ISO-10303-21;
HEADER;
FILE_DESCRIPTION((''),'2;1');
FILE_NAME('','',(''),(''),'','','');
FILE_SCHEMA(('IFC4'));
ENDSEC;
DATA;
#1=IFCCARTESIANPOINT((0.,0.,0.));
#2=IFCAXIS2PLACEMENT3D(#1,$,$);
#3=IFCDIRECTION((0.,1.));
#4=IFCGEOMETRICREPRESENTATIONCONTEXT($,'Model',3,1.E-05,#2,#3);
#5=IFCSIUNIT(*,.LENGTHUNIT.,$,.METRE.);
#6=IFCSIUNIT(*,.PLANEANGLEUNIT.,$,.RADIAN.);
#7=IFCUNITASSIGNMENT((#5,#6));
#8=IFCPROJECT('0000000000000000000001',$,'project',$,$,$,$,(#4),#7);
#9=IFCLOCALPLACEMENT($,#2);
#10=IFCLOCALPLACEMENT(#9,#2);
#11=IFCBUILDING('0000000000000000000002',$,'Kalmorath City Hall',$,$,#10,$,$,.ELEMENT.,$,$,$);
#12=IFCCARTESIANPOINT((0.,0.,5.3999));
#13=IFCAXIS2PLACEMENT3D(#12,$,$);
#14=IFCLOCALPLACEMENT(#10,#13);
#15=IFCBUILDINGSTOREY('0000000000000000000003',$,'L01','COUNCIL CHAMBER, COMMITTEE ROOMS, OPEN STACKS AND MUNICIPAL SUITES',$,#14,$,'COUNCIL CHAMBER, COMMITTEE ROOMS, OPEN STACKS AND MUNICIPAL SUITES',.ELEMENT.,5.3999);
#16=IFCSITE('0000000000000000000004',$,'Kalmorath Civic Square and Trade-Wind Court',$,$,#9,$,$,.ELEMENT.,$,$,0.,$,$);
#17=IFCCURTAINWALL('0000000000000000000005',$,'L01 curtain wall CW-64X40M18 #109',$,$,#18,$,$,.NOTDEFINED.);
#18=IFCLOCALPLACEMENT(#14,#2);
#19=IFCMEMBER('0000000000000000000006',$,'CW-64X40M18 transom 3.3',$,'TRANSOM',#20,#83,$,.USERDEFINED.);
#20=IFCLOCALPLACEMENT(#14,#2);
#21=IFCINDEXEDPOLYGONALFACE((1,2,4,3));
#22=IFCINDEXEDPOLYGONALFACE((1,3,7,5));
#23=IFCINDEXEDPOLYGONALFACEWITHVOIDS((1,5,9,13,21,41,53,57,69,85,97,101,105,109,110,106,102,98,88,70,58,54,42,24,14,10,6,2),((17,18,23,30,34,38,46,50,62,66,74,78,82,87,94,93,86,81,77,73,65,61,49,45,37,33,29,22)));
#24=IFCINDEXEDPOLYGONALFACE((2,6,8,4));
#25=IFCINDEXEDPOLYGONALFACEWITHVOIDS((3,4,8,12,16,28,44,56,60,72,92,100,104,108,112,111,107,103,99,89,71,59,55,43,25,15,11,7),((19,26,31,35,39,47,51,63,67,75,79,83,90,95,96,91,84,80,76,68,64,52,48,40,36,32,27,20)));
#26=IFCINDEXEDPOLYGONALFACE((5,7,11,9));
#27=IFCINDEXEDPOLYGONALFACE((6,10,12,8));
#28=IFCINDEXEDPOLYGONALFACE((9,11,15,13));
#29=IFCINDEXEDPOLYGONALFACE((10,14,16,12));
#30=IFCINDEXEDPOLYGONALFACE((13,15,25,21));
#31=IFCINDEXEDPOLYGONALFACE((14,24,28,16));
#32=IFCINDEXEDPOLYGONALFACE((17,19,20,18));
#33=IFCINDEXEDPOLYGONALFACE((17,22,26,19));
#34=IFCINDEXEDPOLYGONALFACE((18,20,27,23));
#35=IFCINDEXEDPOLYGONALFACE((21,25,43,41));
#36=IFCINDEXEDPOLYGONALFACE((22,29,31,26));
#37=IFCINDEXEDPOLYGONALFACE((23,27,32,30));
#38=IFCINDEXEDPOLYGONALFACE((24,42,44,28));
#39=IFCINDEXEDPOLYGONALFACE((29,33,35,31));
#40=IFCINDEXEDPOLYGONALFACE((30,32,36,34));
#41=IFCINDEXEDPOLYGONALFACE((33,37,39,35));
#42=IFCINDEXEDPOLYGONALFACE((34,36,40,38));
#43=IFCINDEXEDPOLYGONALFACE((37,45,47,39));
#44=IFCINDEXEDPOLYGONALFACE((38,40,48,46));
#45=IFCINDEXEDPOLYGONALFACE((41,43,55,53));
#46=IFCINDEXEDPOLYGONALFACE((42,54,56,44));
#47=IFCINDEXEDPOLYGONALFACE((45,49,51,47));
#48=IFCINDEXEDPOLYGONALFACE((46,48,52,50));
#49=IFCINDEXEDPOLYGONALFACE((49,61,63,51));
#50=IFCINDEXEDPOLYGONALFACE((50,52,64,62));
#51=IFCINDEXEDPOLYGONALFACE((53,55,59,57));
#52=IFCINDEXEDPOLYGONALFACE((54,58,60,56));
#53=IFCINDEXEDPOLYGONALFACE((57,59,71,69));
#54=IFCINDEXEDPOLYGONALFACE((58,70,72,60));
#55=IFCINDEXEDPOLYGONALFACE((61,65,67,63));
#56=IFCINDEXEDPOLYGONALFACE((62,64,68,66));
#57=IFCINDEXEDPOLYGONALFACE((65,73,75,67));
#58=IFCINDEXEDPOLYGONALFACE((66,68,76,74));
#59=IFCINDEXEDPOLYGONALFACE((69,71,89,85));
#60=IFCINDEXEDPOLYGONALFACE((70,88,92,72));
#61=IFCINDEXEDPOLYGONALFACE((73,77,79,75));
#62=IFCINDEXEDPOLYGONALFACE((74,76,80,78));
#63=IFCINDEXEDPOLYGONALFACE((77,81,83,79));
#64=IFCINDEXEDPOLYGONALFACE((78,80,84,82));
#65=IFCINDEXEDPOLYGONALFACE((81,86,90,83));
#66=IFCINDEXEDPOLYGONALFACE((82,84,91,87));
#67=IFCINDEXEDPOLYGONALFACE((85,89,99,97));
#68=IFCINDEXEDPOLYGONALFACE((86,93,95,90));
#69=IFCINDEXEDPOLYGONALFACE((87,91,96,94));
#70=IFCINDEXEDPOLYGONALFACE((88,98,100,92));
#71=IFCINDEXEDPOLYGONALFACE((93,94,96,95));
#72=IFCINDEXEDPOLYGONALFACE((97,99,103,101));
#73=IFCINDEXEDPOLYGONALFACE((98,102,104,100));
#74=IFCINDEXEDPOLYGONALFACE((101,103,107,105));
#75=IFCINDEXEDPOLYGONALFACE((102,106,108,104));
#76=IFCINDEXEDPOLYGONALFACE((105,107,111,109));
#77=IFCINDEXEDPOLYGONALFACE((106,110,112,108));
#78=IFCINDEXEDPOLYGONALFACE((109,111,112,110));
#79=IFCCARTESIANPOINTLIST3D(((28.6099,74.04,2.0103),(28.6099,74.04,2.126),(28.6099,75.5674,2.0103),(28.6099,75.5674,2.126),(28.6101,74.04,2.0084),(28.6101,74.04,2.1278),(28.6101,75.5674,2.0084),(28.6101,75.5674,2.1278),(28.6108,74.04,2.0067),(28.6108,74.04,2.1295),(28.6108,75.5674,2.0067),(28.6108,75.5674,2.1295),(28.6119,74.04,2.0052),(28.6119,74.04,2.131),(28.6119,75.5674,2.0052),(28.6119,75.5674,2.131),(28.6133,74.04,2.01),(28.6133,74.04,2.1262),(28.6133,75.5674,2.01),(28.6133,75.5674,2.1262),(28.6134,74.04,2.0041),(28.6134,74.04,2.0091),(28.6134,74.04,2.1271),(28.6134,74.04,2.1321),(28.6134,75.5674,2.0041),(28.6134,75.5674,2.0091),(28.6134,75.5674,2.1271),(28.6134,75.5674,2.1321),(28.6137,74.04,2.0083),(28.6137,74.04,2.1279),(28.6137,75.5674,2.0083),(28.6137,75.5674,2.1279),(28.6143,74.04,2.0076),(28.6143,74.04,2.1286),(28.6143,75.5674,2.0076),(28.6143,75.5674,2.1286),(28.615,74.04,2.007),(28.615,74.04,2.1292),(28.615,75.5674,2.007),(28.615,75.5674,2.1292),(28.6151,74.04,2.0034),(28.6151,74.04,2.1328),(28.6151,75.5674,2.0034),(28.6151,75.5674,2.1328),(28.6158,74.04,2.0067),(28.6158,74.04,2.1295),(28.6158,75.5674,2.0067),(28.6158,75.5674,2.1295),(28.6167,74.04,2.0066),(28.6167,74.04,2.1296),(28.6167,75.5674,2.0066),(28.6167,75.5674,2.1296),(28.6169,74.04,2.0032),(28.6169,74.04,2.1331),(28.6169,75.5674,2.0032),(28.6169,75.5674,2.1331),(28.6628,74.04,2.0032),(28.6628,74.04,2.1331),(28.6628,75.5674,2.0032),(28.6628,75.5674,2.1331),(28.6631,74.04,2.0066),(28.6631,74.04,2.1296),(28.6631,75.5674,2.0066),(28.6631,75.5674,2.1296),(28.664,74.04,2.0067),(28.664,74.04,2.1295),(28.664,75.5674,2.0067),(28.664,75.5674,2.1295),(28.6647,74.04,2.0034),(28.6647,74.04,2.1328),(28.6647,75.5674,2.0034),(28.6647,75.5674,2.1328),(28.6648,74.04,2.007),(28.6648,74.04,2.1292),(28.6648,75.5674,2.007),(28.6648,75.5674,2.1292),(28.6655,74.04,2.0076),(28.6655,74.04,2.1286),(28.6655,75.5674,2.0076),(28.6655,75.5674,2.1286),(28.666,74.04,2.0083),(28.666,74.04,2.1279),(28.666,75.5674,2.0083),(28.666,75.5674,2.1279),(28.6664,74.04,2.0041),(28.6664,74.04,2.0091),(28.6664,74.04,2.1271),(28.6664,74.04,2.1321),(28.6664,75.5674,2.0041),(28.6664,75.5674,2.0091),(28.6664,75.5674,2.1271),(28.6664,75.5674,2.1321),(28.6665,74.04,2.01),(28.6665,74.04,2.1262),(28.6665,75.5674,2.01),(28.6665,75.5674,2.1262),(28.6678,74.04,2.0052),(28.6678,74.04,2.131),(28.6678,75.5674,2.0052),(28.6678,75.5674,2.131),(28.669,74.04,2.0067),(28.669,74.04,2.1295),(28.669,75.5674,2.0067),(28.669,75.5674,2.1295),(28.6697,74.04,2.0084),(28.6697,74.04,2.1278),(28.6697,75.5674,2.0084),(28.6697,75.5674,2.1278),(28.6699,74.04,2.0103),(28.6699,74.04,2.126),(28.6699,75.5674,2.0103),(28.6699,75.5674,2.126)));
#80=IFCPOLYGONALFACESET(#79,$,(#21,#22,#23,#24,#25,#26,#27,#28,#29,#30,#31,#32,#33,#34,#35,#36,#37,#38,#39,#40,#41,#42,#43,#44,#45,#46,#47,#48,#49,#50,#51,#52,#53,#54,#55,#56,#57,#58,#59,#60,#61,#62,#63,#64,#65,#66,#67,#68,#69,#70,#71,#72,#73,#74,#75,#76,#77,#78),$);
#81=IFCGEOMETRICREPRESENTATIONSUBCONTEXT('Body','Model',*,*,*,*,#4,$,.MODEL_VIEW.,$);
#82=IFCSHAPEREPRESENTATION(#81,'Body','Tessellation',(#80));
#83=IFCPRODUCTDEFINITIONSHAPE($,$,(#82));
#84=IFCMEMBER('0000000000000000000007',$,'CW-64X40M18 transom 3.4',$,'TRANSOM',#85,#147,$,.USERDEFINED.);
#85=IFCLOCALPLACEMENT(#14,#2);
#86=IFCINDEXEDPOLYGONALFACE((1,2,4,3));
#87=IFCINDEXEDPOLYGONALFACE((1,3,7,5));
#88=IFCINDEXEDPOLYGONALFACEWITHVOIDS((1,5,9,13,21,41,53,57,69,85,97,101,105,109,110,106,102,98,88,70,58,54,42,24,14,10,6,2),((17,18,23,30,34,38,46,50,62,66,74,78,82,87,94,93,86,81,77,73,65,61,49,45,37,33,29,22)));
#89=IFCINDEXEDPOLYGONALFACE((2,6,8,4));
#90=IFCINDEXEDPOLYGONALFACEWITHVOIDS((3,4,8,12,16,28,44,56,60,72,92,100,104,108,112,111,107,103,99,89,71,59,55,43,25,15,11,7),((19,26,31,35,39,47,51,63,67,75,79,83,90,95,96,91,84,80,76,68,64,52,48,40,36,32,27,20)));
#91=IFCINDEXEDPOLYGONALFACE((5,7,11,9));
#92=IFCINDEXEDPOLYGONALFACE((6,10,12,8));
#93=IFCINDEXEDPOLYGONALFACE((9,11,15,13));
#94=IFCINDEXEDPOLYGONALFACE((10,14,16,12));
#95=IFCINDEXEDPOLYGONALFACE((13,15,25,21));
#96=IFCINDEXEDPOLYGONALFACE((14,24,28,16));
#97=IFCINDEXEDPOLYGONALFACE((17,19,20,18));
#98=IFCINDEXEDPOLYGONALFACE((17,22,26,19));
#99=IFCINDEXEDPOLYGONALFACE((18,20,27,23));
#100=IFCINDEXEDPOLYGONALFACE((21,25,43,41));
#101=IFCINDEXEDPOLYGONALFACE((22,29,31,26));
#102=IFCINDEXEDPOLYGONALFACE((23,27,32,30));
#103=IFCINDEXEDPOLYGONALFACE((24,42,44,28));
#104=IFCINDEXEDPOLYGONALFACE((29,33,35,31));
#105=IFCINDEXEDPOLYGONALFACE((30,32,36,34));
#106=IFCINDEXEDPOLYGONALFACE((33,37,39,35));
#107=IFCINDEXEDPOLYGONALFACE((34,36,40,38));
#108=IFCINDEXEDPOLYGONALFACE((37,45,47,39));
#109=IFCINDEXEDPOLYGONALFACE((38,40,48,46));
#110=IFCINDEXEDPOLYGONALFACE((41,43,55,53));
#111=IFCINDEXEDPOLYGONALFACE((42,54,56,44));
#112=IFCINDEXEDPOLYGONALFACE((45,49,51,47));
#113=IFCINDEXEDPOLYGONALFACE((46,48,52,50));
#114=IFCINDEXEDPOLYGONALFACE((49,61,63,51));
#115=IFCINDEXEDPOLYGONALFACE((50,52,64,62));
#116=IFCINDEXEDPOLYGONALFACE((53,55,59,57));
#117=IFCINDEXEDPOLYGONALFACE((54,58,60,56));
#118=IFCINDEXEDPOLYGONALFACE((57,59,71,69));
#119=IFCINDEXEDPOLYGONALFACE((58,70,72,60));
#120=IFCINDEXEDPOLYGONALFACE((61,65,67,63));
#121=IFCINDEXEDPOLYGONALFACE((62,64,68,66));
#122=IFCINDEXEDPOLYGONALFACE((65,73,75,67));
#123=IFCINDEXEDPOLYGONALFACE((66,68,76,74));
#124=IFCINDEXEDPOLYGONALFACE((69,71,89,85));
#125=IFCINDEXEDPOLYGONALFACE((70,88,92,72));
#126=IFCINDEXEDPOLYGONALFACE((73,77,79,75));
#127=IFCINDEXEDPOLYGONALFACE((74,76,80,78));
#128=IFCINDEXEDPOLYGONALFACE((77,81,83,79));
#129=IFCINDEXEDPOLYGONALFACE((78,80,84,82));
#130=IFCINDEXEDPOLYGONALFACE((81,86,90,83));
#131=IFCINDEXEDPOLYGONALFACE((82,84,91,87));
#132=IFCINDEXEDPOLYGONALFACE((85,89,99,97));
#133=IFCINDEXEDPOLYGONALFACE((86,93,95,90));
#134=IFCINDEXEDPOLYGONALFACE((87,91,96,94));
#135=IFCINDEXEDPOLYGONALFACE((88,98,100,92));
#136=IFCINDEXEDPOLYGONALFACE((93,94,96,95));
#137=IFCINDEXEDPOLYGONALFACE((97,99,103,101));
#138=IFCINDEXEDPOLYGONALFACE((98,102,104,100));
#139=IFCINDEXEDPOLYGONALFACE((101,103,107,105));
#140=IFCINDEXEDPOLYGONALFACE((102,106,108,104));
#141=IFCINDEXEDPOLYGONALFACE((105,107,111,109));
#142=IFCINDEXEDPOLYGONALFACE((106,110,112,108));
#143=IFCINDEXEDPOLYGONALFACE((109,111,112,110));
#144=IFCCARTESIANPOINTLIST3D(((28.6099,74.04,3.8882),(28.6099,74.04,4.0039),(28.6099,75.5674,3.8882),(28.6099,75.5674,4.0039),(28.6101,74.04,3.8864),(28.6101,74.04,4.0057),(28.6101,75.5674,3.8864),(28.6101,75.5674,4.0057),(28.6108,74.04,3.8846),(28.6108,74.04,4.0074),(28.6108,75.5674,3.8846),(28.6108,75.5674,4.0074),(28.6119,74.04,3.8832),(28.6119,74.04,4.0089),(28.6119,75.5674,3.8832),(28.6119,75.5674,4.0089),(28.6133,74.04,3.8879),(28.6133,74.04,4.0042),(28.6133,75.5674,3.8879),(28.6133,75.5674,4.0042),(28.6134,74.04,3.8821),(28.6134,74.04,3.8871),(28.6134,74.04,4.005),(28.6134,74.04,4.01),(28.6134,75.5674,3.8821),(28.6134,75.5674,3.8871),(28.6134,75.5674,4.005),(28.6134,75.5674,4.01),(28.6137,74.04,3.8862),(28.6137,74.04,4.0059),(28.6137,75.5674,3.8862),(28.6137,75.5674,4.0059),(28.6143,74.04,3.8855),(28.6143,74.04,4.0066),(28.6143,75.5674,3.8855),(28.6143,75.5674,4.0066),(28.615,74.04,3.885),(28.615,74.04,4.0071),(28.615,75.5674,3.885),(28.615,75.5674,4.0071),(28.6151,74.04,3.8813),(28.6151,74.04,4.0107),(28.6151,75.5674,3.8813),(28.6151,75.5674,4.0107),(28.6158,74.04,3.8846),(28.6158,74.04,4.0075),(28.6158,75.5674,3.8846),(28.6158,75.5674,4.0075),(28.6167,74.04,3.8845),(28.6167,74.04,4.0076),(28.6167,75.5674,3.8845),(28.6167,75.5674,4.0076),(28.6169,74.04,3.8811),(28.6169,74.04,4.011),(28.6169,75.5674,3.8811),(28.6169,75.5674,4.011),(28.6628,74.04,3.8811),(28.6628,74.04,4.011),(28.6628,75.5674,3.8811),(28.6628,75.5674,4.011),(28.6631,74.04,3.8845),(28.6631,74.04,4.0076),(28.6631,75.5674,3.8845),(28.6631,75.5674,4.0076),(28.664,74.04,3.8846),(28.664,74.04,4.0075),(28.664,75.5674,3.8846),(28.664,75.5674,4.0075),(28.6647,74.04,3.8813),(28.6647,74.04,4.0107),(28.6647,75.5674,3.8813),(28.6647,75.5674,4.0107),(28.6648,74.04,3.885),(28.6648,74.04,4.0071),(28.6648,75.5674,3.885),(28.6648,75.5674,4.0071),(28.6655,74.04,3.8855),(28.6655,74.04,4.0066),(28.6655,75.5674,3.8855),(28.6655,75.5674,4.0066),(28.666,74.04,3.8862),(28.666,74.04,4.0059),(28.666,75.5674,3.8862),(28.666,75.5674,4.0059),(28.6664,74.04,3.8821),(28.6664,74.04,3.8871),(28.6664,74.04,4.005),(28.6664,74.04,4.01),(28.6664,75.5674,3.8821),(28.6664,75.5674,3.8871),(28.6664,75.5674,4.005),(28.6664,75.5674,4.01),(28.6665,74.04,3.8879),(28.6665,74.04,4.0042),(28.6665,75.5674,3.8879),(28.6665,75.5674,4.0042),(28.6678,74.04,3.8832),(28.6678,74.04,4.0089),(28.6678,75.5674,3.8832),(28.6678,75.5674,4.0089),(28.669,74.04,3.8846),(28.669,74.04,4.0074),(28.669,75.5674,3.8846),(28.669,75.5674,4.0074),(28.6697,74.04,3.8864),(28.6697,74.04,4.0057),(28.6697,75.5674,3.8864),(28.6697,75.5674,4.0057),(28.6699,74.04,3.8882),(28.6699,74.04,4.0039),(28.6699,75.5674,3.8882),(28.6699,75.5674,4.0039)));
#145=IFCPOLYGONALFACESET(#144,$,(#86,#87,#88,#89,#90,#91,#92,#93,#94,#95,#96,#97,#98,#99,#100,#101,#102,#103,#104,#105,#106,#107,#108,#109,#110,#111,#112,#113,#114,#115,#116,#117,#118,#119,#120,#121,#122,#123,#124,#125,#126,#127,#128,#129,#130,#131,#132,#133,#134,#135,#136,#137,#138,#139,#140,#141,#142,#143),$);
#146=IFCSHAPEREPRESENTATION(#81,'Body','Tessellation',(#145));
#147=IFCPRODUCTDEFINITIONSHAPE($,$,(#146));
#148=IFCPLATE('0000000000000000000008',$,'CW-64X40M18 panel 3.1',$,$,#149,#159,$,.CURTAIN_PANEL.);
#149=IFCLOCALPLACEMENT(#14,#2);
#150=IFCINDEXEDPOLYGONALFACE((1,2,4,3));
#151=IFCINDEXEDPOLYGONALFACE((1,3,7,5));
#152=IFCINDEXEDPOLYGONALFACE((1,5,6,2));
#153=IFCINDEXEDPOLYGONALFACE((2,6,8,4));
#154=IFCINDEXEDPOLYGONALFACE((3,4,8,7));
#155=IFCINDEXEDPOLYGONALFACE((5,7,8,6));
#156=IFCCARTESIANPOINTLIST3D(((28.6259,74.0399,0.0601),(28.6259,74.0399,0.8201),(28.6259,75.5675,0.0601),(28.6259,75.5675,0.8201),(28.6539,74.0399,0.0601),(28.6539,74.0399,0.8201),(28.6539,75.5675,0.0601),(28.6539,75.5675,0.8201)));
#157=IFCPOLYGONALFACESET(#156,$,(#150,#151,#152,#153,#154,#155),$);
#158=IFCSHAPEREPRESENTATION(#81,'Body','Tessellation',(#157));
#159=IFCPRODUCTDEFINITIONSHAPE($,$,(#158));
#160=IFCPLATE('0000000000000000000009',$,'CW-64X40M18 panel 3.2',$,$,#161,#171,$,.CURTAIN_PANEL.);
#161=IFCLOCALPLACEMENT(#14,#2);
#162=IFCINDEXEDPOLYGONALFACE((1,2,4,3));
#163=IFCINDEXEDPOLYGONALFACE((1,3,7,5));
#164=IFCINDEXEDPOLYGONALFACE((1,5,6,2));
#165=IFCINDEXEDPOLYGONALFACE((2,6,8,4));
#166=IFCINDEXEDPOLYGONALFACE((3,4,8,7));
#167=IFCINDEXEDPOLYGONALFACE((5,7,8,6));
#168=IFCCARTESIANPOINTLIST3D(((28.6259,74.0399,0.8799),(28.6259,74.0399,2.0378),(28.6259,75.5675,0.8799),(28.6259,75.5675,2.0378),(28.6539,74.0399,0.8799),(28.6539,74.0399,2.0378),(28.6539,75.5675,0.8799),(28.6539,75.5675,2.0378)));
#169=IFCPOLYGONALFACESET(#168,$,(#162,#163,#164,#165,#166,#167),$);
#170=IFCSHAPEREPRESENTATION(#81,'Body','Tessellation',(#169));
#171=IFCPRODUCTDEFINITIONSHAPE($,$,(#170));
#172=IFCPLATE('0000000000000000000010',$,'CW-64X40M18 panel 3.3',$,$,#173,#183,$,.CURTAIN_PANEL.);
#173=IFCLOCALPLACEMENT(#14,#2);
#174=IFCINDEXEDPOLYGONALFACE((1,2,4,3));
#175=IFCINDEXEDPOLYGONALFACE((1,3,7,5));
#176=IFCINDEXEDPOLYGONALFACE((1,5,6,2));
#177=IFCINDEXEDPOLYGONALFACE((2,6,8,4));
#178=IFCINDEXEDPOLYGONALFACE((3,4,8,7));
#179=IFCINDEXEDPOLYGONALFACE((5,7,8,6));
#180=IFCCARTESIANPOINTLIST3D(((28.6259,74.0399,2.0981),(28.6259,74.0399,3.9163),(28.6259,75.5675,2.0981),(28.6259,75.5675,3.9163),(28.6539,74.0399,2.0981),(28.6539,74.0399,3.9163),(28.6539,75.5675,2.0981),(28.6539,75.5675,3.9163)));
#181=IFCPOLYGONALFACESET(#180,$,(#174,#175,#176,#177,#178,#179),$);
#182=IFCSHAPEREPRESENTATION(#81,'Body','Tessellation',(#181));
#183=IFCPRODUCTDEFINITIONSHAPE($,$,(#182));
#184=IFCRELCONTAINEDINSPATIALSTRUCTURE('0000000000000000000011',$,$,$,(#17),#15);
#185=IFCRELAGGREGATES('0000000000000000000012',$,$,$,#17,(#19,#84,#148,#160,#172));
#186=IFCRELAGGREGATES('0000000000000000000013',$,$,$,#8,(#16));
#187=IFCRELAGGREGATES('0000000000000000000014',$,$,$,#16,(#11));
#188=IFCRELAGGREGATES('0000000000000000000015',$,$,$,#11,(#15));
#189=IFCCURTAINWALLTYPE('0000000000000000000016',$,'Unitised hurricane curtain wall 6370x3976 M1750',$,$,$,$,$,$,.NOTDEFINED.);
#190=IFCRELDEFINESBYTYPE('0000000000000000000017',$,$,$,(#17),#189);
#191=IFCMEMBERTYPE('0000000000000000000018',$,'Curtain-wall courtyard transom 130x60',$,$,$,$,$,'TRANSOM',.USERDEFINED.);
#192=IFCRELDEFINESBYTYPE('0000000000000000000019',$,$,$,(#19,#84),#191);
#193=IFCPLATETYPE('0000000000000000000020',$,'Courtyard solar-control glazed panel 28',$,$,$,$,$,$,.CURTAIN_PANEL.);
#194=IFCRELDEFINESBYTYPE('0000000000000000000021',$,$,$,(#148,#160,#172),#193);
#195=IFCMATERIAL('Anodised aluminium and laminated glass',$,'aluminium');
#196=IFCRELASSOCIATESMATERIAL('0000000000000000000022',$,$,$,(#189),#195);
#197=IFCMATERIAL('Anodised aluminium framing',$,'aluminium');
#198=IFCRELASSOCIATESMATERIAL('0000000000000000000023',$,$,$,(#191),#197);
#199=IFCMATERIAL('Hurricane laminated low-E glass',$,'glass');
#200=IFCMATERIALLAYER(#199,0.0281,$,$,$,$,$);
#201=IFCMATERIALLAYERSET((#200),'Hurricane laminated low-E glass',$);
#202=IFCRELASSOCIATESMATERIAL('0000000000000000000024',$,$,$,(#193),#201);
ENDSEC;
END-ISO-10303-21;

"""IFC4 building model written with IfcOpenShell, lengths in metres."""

from ifc_helpers import new_model, si_unit, direction, frame, origin, origin_2d, place, context, subcontext, project, spatial, rectangle, hollow_rectangle, extrude, material, layer, layer_set, material_profile, profile_set, type_object, element, aggregate, save


model = new_model("IFC4")

# Units and contexts
model_context = context("Model", 3, precision=1e-05, world=origin(), true_north=direction((0.0, 1.0)))
body_context = subcontext(model_context, "Body", "Model", "MODEL_VIEW")
ifc_project = project(units=[si_unit("LENGTHUNIT", "METRE"), si_unit("PLANEANGLEUNIT", "RADIAN")], contexts=[model_context])

# Site, building, storey
site_placement = place(None, origin())
site = spatial("IfcSite", under=ifc_project, at=site_placement, Name="Kalmorath Civic Square and Trade-Wind Court", CompositionType="ELEMENT", RefElevation=0.0)
building_placement = place(site_placement, origin())
building = spatial("IfcBuilding", under=site, at=building_placement, Name="Kalmorath City Hall", CompositionType="ELEMENT")
storey_placement = place(building_placement, frame((0.0, 0.0, 5.3999)))
storey = spatial("IfcBuildingStorey", under=building, at=storey_placement, Name="L01", Description="COUNCIL CHAMBER, COMMITTEE ROOMS, OPEN STACKS AND MUNICIPAL SUITES", LongName="COUNCIL CHAMBER, COMMITTEE ROOMS, OPEN STACKS AND MUNICIPAL SUITES", CompositionType="ELEMENT", Elevation=5.3999)

# Curtain wall, members, plates
ifc_material_1 = material(Name="Anodised aluminium and laminated glass", Category="aluminium")
curtain_wall_type = type_object("IfcCurtainWallType", Name="Unitised hurricane curtain wall 6370x3976 M1750", PredefinedType="NOTDEFINED", material=ifc_material_1)
curtain_wall_placement = place(storey_placement, origin())
curtain_wall = element("IfcCurtainWall", 1, at=curtain_wall_placement, inside=storey, type_object=curtain_wall_type, Name="L01 curtain wall CW-64X40M18 #109", PredefinedType="NOTDEFINED")
ifc_material_2 = material(Name="Anodised aluminium framing", Category="aluminium")
ifc_material_profile_1 = material_profile(ifc_material_2, hollow_rectangle(XDim=0.0601, YDim=0.1299, WallThickness=0.0034, InnerFilletRadius=0.0034, OuterFilletRadius=0.0071, at=origin_2d()), Name="ALU-TRN-130X60X3.5")
ifc_profile_set_1 = profile_set([ifc_material_profile_1], Name="Anodised aluminium framing")
member_type = type_object("IfcMemberType", Name="Curtain-wall courtyard transom 130x60", ElementType="TRANSOM", PredefinedType="USERDEFINED", material=ifc_profile_set_1)
member_1_placement = place(storey_placement, frame((28.6399, 75.5674, 2.0681), z_axis=(0.0, -1.0, 0.0), x_axis=(1.0, 0.0, 0.0)))
member_1 = element("IfcMember", 2, at=member_1_placement, type_object=member_type, Name="CW-64X40M18 transom 3.3", ObjectType="TRANSOM", PredefinedType="USERDEFINED", context=body_context, shape_type="SweptSolid", body=[
    extrude(hollow_rectangle(XDim=0.0601, YDim=0.1299, WallThickness=0.0034, InnerFilletRadius=0.0034, OuterFilletRadius=0.0071, at=origin_2d()), origin(), (0.0, 0.0, 1.0), 1.5273),
])
member_2_placement = place(storey_placement, frame((28.6399, 75.5674, 3.946), z_axis=(0.0, -1.0, 0.0), x_axis=(1.0, 0.0, 0.0)))
member_2 = element("IfcMember", 3, at=member_2_placement, type_object=member_type, Name="CW-64X40M18 transom 3.4", ObjectType="TRANSOM", PredefinedType="USERDEFINED", context=body_context, shape_type="SweptSolid", body=[
    extrude(hollow_rectangle(XDim=0.0601, YDim=0.1299, WallThickness=0.0034, InnerFilletRadius=0.0034, OuterFilletRadius=0.0071, at=origin_2d()), origin(), (0.0, 0.0, 1.0), 1.5273),
])
ifc_material_3 = material(Name="Hurricane laminated low-E glass", Category="glass")
ifc_layer = layer(ifc_material_3, 0.0281)
ifc_layer_set = layer_set([ifc_layer], Name="Hurricane laminated low-E glass")
plate_type = type_object("IfcPlateType", Name="Courtyard solar-control glazed panel 28", PredefinedType="CURTAIN_PANEL", material=ifc_layer_set)
plate_1_placement = place(storey_placement, frame((28.6399, 74.8037, 0.0601), z_axis=(0.0, 0.0, 1.0), x_axis=(0.0, -1.0, 0.0)))
plate_1 = element("IfcPlate", 4, at=plate_1_placement, type_object=plate_type, Name="CW-64X40M18 panel 3.1", PredefinedType="CURTAIN_PANEL", context=body_context, shape_type="SweptSolid", body=[
    extrude(rectangle(XDim=1.5276, YDim=0.0281, at=origin_2d()), origin(), (0.0, 0.0, 1.0), 0.76),
])
plate_2_placement = place(storey_placement, frame((28.6399, 74.8037, 0.8799), z_axis=(0.0, 0.0, 1.0), x_axis=(0.0, -1.0, 0.0)))
plate_2 = element("IfcPlate", 5, at=plate_2_placement, type_object=plate_type, Name="CW-64X40M18 panel 3.2", PredefinedType="CURTAIN_PANEL", context=body_context, shape_type="SweptSolid", body=[
    extrude(rectangle(XDim=1.5276, YDim=0.0281, at=origin_2d()), origin(), (0.0, 0.0, 1.0), 1.158),
])
plate_3_placement = place(storey_placement, frame((28.6399, 74.8037, 2.0981), z_axis=(0.0, 0.0, 1.0), x_axis=(0.0, -1.0, 0.0)))
plate_3 = element("IfcPlate", 6, at=plate_3_placement, type_object=plate_type, Name="CW-64X40M18 panel 3.3", PredefinedType="CURTAIN_PANEL", context=body_context, shape_type="SweptSolid", body=[
    extrude(rectangle(XDim=1.5276, YDim=0.0281, at=origin_2d()), origin(), (0.0, 0.0, 1.0), 1.8181),
])
aggregate(curtain_wall, [member_1, member_2, plate_1, plate_2, plate_3])

save(model, "model.ifc")
